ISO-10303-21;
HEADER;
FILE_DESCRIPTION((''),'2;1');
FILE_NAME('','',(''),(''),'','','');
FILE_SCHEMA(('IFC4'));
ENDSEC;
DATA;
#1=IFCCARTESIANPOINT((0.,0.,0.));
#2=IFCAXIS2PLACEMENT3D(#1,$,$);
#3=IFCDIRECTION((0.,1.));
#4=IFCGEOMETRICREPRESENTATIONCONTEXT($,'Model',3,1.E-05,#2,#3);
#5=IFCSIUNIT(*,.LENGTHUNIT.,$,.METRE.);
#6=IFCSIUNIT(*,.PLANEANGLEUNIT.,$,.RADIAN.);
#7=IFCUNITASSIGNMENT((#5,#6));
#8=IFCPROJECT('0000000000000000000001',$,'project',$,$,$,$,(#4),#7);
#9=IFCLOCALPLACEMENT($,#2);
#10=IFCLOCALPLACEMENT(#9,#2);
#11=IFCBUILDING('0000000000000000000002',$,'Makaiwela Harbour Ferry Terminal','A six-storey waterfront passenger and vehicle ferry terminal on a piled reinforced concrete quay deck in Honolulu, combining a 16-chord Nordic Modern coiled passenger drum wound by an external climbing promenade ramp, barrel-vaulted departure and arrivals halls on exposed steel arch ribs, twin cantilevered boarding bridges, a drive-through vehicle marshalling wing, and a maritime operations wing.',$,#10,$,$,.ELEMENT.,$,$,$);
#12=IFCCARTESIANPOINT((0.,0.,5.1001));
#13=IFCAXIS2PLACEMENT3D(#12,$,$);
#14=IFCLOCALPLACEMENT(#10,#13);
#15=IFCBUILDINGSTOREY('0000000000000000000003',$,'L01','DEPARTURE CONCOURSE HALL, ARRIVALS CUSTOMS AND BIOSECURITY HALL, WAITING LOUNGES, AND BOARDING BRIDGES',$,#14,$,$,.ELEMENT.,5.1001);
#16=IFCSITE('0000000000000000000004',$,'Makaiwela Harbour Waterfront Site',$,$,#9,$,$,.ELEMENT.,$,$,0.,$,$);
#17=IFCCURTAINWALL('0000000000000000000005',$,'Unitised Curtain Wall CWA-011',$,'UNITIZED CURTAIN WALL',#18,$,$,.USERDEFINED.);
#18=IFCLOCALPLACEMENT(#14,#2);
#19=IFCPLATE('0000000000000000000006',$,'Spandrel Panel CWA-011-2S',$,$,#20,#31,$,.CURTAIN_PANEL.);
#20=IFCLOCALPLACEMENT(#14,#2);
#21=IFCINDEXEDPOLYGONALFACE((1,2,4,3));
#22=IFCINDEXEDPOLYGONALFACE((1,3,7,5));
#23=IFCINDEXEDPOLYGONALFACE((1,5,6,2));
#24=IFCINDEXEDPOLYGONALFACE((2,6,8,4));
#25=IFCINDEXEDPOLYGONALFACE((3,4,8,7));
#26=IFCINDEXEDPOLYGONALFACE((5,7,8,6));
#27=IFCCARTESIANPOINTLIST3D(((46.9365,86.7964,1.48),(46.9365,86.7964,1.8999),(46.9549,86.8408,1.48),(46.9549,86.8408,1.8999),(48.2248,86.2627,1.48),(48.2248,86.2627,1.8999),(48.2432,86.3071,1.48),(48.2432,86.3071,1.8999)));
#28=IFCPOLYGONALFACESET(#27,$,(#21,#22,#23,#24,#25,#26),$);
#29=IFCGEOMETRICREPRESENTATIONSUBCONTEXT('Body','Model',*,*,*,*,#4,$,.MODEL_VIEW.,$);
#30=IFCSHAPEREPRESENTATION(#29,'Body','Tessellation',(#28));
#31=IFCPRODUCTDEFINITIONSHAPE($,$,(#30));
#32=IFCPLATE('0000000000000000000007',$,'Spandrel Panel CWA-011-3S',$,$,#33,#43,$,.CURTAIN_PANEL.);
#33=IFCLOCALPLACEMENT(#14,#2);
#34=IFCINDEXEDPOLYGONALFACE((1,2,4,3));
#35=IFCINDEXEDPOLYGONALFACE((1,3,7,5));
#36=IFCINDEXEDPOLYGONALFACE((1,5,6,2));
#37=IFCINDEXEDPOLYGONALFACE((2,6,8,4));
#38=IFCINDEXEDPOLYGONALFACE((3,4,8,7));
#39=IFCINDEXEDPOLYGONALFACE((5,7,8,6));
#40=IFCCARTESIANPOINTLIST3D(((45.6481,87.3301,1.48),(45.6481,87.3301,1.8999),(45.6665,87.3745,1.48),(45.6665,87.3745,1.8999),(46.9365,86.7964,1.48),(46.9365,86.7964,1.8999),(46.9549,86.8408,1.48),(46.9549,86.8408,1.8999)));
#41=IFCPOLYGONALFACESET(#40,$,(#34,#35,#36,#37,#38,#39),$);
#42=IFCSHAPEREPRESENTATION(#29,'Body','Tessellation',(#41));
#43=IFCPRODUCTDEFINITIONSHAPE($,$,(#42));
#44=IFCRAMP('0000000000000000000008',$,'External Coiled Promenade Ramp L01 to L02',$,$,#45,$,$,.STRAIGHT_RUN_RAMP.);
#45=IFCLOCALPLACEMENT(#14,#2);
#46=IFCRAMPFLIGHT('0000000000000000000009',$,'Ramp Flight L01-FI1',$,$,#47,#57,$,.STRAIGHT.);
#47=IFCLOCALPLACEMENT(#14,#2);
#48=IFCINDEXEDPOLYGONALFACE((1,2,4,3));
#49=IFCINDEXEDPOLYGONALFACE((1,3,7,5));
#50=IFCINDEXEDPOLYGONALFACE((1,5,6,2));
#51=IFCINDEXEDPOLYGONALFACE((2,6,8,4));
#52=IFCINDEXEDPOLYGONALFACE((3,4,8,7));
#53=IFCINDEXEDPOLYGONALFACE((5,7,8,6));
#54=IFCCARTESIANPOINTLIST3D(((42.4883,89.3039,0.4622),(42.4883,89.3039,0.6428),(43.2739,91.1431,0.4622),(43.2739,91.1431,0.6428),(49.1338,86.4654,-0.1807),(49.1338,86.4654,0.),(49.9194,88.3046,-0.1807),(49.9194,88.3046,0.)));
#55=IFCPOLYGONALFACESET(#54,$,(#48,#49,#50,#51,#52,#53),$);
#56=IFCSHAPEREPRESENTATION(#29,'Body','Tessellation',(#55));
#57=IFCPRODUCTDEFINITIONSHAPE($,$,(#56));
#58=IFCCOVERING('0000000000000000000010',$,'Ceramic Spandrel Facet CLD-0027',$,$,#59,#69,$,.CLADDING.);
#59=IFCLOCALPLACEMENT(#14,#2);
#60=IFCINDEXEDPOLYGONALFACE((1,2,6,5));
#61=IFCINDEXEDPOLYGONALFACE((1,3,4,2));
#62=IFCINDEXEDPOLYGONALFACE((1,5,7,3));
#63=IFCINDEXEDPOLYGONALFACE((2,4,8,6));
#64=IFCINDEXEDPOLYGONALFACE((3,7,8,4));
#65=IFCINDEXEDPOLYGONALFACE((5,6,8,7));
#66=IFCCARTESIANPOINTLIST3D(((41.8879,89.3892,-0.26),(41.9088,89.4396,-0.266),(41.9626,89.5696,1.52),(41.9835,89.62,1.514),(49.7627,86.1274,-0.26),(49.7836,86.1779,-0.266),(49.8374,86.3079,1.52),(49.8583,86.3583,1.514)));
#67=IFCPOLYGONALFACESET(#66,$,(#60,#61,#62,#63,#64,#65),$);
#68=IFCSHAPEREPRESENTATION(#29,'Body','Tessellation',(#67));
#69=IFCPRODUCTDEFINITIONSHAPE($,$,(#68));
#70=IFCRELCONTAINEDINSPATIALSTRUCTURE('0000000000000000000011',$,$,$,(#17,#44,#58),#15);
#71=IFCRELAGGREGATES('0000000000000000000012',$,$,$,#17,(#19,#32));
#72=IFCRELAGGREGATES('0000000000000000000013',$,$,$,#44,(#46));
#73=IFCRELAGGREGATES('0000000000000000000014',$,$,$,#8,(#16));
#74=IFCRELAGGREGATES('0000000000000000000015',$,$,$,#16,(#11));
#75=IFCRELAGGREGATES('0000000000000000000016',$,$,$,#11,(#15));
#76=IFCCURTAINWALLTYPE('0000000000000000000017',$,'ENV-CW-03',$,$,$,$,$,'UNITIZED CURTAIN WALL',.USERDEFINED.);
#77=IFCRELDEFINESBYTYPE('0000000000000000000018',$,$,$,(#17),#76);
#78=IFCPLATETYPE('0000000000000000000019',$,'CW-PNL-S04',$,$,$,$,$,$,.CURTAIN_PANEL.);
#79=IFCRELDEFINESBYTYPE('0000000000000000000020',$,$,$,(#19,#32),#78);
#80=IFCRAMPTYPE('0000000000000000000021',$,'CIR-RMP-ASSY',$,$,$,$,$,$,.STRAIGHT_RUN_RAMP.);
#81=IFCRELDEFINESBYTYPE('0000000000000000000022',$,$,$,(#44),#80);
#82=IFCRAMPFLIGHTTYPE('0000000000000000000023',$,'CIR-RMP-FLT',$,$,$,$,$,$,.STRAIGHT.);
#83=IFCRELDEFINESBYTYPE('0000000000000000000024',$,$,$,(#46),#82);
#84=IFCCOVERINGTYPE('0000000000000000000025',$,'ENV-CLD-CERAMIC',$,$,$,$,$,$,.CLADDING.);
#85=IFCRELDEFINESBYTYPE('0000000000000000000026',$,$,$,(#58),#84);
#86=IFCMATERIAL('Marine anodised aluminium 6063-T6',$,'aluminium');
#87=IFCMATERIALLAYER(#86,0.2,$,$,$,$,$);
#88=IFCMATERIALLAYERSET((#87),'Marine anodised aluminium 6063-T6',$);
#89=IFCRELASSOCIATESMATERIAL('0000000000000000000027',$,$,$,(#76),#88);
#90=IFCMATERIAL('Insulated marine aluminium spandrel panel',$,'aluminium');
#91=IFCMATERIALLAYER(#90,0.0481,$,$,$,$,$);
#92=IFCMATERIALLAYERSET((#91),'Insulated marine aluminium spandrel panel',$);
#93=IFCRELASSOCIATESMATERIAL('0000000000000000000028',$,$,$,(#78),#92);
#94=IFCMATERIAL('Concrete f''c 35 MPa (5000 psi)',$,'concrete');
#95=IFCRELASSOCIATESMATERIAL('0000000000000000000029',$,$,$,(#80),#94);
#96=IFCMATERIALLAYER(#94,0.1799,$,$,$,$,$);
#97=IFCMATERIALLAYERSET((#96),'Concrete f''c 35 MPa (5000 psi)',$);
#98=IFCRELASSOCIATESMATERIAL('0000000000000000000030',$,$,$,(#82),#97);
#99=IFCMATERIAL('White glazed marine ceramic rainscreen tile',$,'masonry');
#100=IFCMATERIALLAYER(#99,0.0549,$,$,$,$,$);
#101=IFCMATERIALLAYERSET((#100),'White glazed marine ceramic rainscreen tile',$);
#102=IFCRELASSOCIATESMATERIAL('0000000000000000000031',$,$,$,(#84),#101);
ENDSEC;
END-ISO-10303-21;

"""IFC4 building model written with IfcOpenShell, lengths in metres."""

from ifc_helpers import new_model, si_unit, direction, frame, origin, origin_2d, place, context, subcontext, project, spatial, polyline, rectangle, outline, extrude, material, layer, layer_set, type_object, element, aggregate, save


model = new_model("IFC4")

# Units and contexts
model_context = context("Model", 3, precision=1e-05, world=origin(), true_north=direction((0.0, 1.0)))
body_context = subcontext(model_context, "Body", "Model", "MODEL_VIEW")
ifc_project = project(units=[si_unit("LENGTHUNIT", "METRE"), si_unit("PLANEANGLEUNIT", "RADIAN")], contexts=[model_context])

# Site, building, storey
site_placement = place(None, origin())
site = spatial("IfcSite", under=ifc_project, at=site_placement, Name="Makaiwela Harbour Waterfront Site", CompositionType="ELEMENT", RefElevation=0.0)
building_placement = place(site_placement, origin())
building = spatial("IfcBuilding", under=site, at=building_placement, Name="Makaiwela Harbour Ferry Terminal", Description="A six-storey waterfront passenger and vehicle ferry terminal on a piled reinforced concrete quay deck in Honolulu, combining a 16-chord Nordic Modern coiled passenger drum wound by an external climbing promenade ramp, barrel-vaulted departure and arrivals halls on exposed steel arch ribs, twin cantilevered boarding bridges, a drive-through vehicle marshalling wing, and a maritime operations wing.", CompositionType="ELEMENT")
storey_placement = place(building_placement, frame((0.0, 0.0, 5.1001)))
storey = spatial("IfcBuildingStorey", under=building, at=storey_placement, Name="L01", Description="DEPARTURE CONCOURSE HALL, ARRIVALS CUSTOMS AND BIOSECURITY HALL, WAITING LOUNGES, AND BOARDING BRIDGES", CompositionType="ELEMENT", Elevation=5.1001)

# Curtain wall
ifc_material_1 = material(Name="Marine anodised aluminium 6063-T6", Category="aluminium")
ifc_layer_1 = layer(ifc_material_1, 0.2)
ifc_layer_set_1 = layer_set([ifc_layer_1], Name="Marine anodised aluminium 6063-T6")
curtain_wall_type = type_object("IfcCurtainWallType", Name="ENV-CW-03", ElementType="UNITIZED CURTAIN WALL", PredefinedType="USERDEFINED", material=ifc_layer_set_1)
curtain_wall_placement = place(storey_placement, origin())
curtain_wall = element("IfcCurtainWall", 1, at=curtain_wall_placement, inside=storey, type_object=curtain_wall_type, Name="Unitised Curtain Wall CWA-011", ObjectType="UNITIZED CURTAIN WALL", PredefinedType="USERDEFINED")

# Plates
ifc_material_2 = material(Name="Insulated marine aluminium spandrel panel", Category="aluminium")
ifc_layer_2 = layer(ifc_material_2, 0.0481)
ifc_layer_set_2 = layer_set([ifc_layer_2], Name="Insulated marine aluminium spandrel panel")
plate_type_1 = type_object("IfcPlateType", Name="CW-PNL-S04", PredefinedType="CURTAIN_PANEL", material=ifc_layer_set_2)
plate_1_placement = place(storey_placement, frame((47.5898, 86.5518, 1.48), z_axis=(0.0, 0.0, 1.0), x_axis=(-0.92388, 0.382683, 0.0)))
plate_1 = element("IfcPlate", 2, at=plate_1_placement, type_object=plate_type_1, Name="Spandrel Panel CWA-011-2S", PredefinedType="CURTAIN_PANEL", context=body_context, shape_type="SweptSolid", body=[
    extrude(rectangle(XDim=1.3945, YDim=0.0481, at=origin_2d()), origin(), (0.0, 0.0, 1.0), 0.4199),
])
plate_2_placement = place(storey_placement, frame((46.3015, 87.0854, 1.48), z_axis=(0.0, 0.0, 1.0), x_axis=(-0.92388, 0.382683, 0.0)))
plate_2 = element("IfcPlate", 3, at=plate_2_placement, type_object=plate_type_1, Name="Spandrel Panel CWA-011-3S", PredefinedType="CURTAIN_PANEL", context=body_context, shape_type="SweptSolid", body=[
    extrude(rectangle(XDim=1.3945, YDim=0.0481, at=origin_2d()), origin(), (0.0, 0.0, 1.0), 0.4199),
])
aggregate(curtain_wall, [plate_1, plate_2])

# Ramp, ramp flight
ifc_material_3 = material(Name="Concrete f'c 35 MPa (5000 psi)", Category="concrete")
ramp_type = type_object("IfcRampType", Name="CIR-RMP-ASSY", PredefinedType="STRAIGHT_RUN_RAMP", material=ifc_material_3)
ramp_placement = place(storey_placement, origin())
ramp = element("IfcRamp", 4, at=ramp_placement, inside=storey, type_object=ramp_type, Name="External Coiled Promenade Ramp L01 to L02", PredefinedType="STRAIGHT_RUN_RAMP")
ifc_layer_3 = layer(ifc_material_3, 0.1799)
ifc_layer_set_3 = layer_set([ifc_layer_3], Name="Concrete f'c 35 MPa (5000 psi)")
ramp_flight_type = type_object("IfcRampFlightType", Name="CIR-RMP-FLT", PredefinedType="STRAIGHT", material=ifc_layer_set_3)
ramp_flight_placement = place(storey_placement, frame((49.5266, 87.385, 0.0), z_axis=(0.0, 0.0, 1.0), x_axis=(-0.919623, 0.392803, 0.0)))
ramp_flight = element("IfcRampFlight", 5, at=ramp_flight_placement, type_object=ramp_flight_type, Name="Ramp Flight L01-FI1", PredefinedType="STRAIGHT", context=body_context, shape_type="SweptSolid", body=[
    extrude(outline(polyline([(0.0, 0.0), (7.2263, 0.6428), (7.2263, 0.4622), (0.0, -0.1807), (0.0, 0.0)])), frame((0.0, 1.0, 0.0), z_axis=(0.0, -1.0, 0.0), x_axis=(1.0, 0.0, 0.0)), (0.0, 0.0, 1.0), 2.0),
])
aggregate(ramp, [ramp_flight])

# Covering
ifc_material_4 = material(Name="White glazed marine ceramic rainscreen tile", Category="masonry")
ifc_layer_4 = layer(ifc_material_4, 0.0549)
ifc_layer_set_4 = layer_set([ifc_layer_4], Name="White glazed marine ceramic rainscreen tile")
covering_type = type_object("IfcCoveringType", Name="ENV-CLD-CERAMIC", PredefinedType="CLADDING", material=ifc_layer_set_4)
covering_placement = place(storey_placement, frame((49.7627, 86.1274, -0.26), z_axis=(-0.38039, -0.918374, 0.109049), x_axis=(-0.923884, 0.382672, 0.0)))
element("IfcCovering", 6, at=covering_placement, inside=storey, type_object=covering_type, Name="Ceramic Spandrel Facet CLD-0027", PredefinedType="CLADDING", context=body_context, shape_type="SweptSolid", body=[
    extrude(outline(polyline([(0.0, 0.0), (8.5235, 0.0), (8.5236, -1.7907), (0.0, -1.7907), (0.0, 0.0)])), origin(), (0.0, 0.0, -1.0), 0.0549),
])

save(model, "model.ifc")
